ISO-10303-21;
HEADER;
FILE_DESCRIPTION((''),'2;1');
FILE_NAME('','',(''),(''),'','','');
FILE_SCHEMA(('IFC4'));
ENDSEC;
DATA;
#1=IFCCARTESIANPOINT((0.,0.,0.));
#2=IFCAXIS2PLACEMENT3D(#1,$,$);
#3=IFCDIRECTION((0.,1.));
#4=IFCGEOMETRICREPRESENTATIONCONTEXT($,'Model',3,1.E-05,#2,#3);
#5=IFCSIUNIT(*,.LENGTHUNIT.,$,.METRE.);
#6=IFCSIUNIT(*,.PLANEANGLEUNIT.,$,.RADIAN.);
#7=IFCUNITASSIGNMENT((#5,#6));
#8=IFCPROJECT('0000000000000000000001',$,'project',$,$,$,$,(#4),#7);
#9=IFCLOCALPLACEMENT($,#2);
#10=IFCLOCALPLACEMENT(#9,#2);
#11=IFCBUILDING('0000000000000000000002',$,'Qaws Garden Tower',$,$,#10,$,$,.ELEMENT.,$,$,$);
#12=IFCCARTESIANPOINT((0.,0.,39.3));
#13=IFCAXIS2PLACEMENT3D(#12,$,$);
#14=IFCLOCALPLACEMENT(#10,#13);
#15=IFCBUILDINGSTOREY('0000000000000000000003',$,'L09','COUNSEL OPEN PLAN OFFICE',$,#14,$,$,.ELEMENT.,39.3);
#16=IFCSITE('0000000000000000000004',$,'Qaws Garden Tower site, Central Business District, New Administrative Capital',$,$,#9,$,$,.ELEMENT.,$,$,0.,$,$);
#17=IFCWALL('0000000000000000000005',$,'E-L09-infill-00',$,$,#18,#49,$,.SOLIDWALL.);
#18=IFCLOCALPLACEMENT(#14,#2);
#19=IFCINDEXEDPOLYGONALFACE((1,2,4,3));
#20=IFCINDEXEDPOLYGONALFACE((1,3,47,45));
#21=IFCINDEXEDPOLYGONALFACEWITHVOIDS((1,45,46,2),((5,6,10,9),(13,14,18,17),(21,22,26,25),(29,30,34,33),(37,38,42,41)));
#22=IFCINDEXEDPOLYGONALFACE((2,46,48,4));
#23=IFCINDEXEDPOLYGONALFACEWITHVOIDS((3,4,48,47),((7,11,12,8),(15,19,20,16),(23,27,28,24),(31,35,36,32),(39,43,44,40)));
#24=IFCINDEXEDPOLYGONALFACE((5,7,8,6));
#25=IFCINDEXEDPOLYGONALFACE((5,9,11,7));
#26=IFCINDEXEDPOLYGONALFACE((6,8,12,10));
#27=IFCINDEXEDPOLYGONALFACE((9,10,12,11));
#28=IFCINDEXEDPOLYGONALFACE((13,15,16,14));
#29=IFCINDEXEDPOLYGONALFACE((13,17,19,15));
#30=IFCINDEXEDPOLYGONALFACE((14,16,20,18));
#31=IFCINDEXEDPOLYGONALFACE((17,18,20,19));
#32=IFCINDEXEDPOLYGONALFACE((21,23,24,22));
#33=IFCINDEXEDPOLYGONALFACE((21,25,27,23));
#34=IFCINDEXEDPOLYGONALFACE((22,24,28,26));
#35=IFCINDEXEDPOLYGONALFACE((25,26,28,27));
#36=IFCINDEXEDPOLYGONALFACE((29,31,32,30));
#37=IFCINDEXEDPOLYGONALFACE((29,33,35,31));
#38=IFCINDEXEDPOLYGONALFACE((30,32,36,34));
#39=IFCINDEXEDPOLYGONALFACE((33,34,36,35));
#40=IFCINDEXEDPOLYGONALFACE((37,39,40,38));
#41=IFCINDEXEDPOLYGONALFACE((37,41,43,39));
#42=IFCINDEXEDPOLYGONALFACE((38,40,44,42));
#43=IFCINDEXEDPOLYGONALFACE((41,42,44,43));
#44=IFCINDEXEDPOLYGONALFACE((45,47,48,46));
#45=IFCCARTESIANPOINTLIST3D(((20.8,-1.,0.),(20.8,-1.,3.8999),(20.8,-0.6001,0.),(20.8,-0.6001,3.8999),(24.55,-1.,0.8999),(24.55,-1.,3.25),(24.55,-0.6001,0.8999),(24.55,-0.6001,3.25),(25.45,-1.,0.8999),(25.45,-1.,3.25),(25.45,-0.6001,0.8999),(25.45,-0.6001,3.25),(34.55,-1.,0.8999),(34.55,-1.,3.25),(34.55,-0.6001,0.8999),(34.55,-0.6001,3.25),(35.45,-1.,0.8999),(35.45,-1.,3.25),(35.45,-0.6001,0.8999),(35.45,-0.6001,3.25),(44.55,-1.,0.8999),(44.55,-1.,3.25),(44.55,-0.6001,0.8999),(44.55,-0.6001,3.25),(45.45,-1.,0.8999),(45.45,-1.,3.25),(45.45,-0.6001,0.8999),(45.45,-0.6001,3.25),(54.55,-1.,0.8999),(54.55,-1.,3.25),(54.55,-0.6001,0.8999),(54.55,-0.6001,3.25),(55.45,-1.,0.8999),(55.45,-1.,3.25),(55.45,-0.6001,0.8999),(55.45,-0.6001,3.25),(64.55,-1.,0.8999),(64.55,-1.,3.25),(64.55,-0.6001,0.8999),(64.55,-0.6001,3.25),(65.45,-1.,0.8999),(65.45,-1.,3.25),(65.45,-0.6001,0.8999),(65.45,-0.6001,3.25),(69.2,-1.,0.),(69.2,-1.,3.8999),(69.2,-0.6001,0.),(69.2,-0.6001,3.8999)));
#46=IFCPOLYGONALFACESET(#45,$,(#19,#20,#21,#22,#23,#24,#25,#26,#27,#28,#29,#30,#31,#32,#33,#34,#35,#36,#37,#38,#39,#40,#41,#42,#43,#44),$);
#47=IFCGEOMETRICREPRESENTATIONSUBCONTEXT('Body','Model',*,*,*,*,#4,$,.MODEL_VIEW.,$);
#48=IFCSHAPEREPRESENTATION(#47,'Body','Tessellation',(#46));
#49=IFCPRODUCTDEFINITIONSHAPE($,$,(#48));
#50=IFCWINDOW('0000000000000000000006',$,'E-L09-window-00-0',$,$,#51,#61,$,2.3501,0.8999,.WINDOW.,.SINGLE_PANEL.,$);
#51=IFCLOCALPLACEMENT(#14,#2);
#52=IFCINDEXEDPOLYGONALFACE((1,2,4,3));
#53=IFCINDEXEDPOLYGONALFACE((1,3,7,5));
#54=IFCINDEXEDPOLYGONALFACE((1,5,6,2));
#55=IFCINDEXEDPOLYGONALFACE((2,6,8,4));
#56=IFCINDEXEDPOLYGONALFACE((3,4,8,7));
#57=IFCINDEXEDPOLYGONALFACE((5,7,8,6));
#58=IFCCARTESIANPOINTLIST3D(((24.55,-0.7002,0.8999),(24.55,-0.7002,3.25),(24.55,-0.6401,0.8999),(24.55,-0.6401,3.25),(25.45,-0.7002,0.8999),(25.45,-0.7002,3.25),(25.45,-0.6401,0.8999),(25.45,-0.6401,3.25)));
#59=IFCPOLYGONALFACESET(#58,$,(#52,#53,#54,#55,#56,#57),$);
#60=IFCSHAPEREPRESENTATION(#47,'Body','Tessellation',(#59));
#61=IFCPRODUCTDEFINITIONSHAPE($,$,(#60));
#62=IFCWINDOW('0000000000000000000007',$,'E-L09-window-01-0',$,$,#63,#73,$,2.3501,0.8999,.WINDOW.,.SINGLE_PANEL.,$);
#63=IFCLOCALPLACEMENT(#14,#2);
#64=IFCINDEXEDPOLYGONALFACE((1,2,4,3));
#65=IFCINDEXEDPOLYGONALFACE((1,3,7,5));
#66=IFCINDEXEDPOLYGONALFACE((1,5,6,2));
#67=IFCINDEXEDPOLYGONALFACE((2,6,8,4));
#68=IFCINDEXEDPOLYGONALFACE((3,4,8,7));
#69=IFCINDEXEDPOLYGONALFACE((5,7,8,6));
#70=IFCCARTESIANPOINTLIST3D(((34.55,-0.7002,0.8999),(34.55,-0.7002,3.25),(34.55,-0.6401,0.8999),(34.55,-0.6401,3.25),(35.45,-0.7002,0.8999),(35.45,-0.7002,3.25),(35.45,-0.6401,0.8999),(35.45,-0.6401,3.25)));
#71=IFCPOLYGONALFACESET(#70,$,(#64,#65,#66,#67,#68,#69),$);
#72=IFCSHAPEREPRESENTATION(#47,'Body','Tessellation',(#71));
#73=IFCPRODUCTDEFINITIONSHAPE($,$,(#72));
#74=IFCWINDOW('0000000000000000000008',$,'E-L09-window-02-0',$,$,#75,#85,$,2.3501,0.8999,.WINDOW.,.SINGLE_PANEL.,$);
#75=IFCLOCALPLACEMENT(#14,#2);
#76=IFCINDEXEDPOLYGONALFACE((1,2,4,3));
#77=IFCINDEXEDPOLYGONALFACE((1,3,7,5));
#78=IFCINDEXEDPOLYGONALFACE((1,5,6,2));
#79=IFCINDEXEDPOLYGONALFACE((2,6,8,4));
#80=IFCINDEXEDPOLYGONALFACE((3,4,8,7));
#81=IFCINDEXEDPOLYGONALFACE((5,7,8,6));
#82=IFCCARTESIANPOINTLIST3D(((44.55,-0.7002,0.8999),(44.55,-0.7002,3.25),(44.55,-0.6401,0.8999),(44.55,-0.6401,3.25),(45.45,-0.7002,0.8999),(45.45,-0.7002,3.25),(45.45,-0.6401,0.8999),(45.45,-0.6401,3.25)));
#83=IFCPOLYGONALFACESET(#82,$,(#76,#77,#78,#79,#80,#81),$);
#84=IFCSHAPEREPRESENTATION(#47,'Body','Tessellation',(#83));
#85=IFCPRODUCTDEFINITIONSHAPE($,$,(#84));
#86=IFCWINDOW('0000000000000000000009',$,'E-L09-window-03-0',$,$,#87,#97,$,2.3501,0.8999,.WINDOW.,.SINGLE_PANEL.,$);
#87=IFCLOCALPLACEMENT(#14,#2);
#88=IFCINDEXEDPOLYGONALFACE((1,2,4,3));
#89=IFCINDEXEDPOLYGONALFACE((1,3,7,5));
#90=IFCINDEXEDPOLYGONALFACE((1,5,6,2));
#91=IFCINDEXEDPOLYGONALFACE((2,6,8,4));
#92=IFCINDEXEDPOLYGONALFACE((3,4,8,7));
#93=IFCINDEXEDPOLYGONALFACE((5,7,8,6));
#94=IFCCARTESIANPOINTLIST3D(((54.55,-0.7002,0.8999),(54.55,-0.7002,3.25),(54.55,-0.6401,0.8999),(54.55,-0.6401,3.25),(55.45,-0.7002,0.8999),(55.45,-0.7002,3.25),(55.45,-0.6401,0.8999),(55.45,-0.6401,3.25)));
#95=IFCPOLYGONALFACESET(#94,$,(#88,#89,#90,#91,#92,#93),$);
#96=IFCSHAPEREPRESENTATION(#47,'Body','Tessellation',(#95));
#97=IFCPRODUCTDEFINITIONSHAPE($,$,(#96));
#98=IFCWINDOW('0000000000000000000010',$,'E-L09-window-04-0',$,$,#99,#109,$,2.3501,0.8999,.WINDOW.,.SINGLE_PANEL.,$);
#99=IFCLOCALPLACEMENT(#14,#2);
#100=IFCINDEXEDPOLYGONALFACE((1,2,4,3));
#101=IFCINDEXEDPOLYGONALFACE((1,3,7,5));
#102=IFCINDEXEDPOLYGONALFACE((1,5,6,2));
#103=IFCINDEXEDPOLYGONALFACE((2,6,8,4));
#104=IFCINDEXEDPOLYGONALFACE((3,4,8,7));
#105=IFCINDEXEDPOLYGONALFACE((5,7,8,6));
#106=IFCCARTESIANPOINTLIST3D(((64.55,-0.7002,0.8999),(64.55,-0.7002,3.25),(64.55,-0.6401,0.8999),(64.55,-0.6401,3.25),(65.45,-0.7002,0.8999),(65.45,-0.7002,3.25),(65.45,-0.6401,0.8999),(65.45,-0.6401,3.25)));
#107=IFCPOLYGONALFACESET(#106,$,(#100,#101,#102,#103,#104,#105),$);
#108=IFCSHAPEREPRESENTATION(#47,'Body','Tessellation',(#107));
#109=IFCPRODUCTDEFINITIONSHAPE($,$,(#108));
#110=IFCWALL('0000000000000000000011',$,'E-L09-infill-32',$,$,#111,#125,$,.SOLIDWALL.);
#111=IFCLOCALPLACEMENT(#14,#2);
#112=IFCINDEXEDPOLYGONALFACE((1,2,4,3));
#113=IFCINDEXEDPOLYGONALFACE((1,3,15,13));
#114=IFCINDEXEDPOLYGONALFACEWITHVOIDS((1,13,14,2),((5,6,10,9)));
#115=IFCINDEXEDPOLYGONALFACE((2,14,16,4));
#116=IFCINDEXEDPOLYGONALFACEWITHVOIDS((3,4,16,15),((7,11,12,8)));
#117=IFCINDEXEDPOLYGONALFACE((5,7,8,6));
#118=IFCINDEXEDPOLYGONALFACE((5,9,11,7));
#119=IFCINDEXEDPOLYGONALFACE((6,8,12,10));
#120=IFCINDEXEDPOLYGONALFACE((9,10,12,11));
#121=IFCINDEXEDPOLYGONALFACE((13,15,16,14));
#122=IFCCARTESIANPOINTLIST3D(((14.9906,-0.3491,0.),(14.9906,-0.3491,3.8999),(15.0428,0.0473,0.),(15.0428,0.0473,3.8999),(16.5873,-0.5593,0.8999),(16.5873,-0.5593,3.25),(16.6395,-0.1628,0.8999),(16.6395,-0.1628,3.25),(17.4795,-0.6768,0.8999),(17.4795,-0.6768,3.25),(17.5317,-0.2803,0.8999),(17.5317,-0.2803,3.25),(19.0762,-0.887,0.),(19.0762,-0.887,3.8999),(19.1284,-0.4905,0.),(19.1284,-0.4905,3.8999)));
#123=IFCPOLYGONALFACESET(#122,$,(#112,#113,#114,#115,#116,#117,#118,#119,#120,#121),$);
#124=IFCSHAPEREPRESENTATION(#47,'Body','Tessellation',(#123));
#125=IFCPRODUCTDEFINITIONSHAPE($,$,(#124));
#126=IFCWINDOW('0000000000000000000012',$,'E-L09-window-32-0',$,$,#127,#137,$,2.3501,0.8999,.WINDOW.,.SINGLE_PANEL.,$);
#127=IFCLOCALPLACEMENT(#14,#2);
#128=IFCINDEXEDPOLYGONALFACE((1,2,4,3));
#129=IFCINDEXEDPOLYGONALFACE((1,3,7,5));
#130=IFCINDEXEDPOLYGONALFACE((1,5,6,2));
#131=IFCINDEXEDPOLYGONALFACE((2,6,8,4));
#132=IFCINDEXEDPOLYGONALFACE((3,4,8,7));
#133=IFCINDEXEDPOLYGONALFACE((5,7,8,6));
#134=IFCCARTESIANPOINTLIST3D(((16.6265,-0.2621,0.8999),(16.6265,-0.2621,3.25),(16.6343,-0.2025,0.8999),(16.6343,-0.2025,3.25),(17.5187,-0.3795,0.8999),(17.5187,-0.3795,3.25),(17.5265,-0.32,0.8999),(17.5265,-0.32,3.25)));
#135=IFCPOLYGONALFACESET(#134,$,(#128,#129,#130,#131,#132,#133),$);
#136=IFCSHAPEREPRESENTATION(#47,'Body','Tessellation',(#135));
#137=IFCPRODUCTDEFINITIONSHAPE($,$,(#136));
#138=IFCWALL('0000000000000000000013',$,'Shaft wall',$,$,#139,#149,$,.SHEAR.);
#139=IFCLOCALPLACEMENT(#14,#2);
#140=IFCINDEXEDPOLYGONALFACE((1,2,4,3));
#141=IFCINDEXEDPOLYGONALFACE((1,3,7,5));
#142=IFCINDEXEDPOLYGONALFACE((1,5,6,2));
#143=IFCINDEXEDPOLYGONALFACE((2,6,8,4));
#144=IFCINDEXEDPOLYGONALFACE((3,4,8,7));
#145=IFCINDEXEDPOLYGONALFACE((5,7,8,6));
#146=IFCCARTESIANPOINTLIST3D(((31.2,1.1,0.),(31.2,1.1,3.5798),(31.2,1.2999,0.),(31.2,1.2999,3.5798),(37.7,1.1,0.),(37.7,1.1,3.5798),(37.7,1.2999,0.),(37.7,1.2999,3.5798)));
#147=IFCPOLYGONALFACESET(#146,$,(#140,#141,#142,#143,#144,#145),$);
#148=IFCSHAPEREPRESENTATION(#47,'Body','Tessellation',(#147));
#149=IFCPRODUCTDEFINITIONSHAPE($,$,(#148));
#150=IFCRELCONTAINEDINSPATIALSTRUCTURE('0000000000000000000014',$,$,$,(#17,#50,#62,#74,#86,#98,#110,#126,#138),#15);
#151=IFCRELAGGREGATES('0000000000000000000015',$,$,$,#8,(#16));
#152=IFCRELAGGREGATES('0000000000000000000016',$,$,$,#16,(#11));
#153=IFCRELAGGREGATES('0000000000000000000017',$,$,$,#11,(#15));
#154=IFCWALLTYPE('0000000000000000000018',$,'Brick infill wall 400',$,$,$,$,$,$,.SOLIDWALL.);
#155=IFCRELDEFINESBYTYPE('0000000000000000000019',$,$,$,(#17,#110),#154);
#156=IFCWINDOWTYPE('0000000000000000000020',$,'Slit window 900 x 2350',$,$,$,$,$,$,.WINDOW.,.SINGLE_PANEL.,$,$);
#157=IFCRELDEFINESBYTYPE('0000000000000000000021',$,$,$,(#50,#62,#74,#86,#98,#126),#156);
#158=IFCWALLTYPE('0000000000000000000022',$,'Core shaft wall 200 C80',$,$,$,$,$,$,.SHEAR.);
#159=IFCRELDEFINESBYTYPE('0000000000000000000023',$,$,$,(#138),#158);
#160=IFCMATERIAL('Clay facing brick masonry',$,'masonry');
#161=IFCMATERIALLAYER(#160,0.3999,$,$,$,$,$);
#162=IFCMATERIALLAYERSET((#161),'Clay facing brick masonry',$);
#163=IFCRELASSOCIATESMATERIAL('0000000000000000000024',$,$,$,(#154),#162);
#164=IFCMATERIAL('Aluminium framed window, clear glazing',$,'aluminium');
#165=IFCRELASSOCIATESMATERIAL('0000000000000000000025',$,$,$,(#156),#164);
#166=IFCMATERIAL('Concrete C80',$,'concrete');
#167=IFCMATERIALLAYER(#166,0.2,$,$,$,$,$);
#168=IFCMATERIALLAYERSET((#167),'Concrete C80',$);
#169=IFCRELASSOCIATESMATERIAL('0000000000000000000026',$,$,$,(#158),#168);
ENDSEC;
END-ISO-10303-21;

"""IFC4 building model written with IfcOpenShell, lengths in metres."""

from ifc_helpers import new_model, si_unit, direction, frame, frame_2d, origin, place, context, subcontext, project, spatial, rectangle, extrude, material, layer, layer_set, type_object, element, fill, save


model = new_model("IFC4")

# Units and contexts
model_context = context("Model", 3, precision=1e-05, world=origin(), true_north=direction((0.0, 1.0)))
body_context = subcontext(model_context, "Body", "Model", "MODEL_VIEW")
ifc_project = project(units=[si_unit("LENGTHUNIT", "METRE"), si_unit("PLANEANGLEUNIT", "RADIAN")], contexts=[model_context])

# Site, building, storey
site_placement = place(None, origin())
site = spatial("IfcSite", under=ifc_project, at=site_placement, Name="Qaws Garden Tower site, Central Business District, New Administrative Capital", CompositionType="ELEMENT", RefElevation=0.0)
building_placement = place(site_placement, origin())
building = spatial("IfcBuilding", under=site, at=building_placement, Name="Qaws Garden Tower", CompositionType="ELEMENT")
storey_placement = place(building_placement, frame((0.0, 0.0, 39.3)))
storey = spatial("IfcBuildingStorey", under=building, at=storey_placement, Name="L09", Description="COUNSEL OPEN PLAN OFFICE", CompositionType="ELEMENT", Elevation=39.3)

# Wall, openings, windows
ifc_material_1 = material(Name="Clay facing brick masonry", Category="masonry")
ifc_layer_1 = layer(ifc_material_1, 0.3999)
ifc_layer_set_1 = layer_set([ifc_layer_1], Name="Clay facing brick masonry")
wall_type_1 = type_object("IfcWallType", Name="Brick infill wall 400", PredefinedType="SOLIDWALL", material=ifc_layer_set_1)
wall_1_placement = place(storey_placement, frame((20.8, -0.8, 0.0), z_axis=(0.0, 0.0, 1.0), x_axis=(1.0, 0.0, 0.0)))
wall_1 = element("IfcWall", 1, at=wall_1_placement, inside=storey, type_object=wall_type_1, Name="E-L09-infill-00", PredefinedType="SOLIDWALL", context=body_context, shape_type="SweptSolid", body=[
    extrude(rectangle(XDim=48.3999, YDim=0.3999, at=frame_2d((24.2, 0.0))), origin(), (0.0, 0.0, 1.0), 3.8999),
])
opening_1_placement = place(wall_1_placement, frame((3.75, 0.0, 0.8999)))
opening_1 = element("IfcOpeningElement", 2, at=opening_1_placement, cuts=wall_1, PredefinedType="OPENING", context=body_context, shape_type="SweptSolid", body=[
    extrude(rectangle(XDim=0.8999, YDim=2.3501, at=frame_2d((0.45, 1.175))), frame((0.0, 0.21, 0.0), z_axis=(0.0, -1.0, 0.0), x_axis=(1.0, 0.0, 0.0)), (0.0, 0.0, 1.0), 0.4199),
])
opening_2_placement = place(wall_1_placement, frame((13.75, 0.0, 0.8999)))
opening_2 = element("IfcOpeningElement", 3, at=opening_2_placement, cuts=wall_1, PredefinedType="OPENING", context=body_context, shape_type="SweptSolid", body=[
    extrude(rectangle(XDim=0.8999, YDim=2.3501, at=frame_2d((0.45, 1.175))), frame((0.0, 0.21, 0.0), z_axis=(0.0, -1.0, 0.0), x_axis=(1.0, 0.0, 0.0)), (0.0, 0.0, 1.0), 0.4199),
])
opening_3_placement = place(wall_1_placement, frame((23.75, 0.0, 0.8999)))
opening_3 = element("IfcOpeningElement", 4, at=opening_3_placement, cuts=wall_1, PredefinedType="OPENING", context=body_context, shape_type="SweptSolid", body=[
    extrude(rectangle(XDim=0.8999, YDim=2.3501, at=frame_2d((0.45, 1.175))), frame((0.0, 0.21, 0.0), z_axis=(0.0, -1.0, 0.0), x_axis=(1.0, 0.0, 0.0)), (0.0, 0.0, 1.0), 0.4199),
])
opening_4_placement = place(wall_1_placement, frame((33.75, 0.0, 0.8999)))
opening_4 = element("IfcOpeningElement", 5, at=opening_4_placement, cuts=wall_1, PredefinedType="OPENING", context=body_context, shape_type="SweptSolid", body=[
    extrude(rectangle(XDim=0.8999, YDim=2.3501, at=frame_2d((0.45, 1.175))), frame((0.0, 0.21, 0.0), z_axis=(0.0, -1.0, 0.0), x_axis=(1.0, 0.0, 0.0)), (0.0, 0.0, 1.0), 0.4199),
])
opening_5_placement = place(wall_1_placement, frame((43.75, 0.0, 0.8999)))
opening_5 = element("IfcOpeningElement", 6, at=opening_5_placement, cuts=wall_1, PredefinedType="OPENING", context=body_context, shape_type="SweptSolid", body=[
    extrude(rectangle(XDim=0.8999, YDim=2.3501, at=frame_2d((0.45, 1.175))), frame((0.0, 0.21, 0.0), z_axis=(0.0, -1.0, 0.0), x_axis=(1.0, 0.0, 0.0)), (0.0, 0.0, 1.0), 0.4199),
])
ifc_material_2 = material(Name="Aluminium framed window, clear glazing", Category="aluminium")
window_type = type_object("IfcWindowType", Name="Slit window 900 x 2350", PartitioningType="SINGLE_PANEL", PredefinedType="WINDOW", material=ifc_material_2)
window_1_placement = place(opening_1_placement, origin())
window_1 = element("IfcWindow", 7, at=window_1_placement, inside=storey, type_object=window_type, Name="E-L09-window-00-0", OverallHeight=2.3501, OverallWidth=0.8999, PartitioningType="SINGLE_PANEL", PredefinedType="WINDOW", context=body_context, shape_type="SweptSolid", body=[
    extrude(rectangle(XDim=0.8999, YDim=2.3501, at=frame_2d((0.45, 1.175))), frame((0.0, 0.1599, 0.0), z_axis=(0.0, -1.0, 0.0), x_axis=(1.0, 0.0, 0.0)), (0.0, 0.0, 1.0), 0.0601),
])
fill(opening_1, window_1)
window_2_placement = place(opening_2_placement, origin())
window_2 = element("IfcWindow", 8, at=window_2_placement, inside=storey, type_object=window_type, Name="E-L09-window-01-0", OverallHeight=2.3501, OverallWidth=0.8999, PartitioningType="SINGLE_PANEL", PredefinedType="WINDOW", context=body_context, shape_type="SweptSolid", body=[
    extrude(rectangle(XDim=0.8999, YDim=2.3501, at=frame_2d((0.45, 1.175))), frame((0.0, 0.1599, 0.0), z_axis=(0.0, -1.0, 0.0), x_axis=(1.0, 0.0, 0.0)), (0.0, 0.0, 1.0), 0.0601),
])
fill(opening_2, window_2)
window_3_placement = place(opening_3_placement, origin())
window_3 = element("IfcWindow", 9, at=window_3_placement, inside=storey, type_object=window_type, Name="E-L09-window-02-0", OverallHeight=2.3501, OverallWidth=0.8999, PartitioningType="SINGLE_PANEL", PredefinedType="WINDOW", context=body_context, shape_type="SweptSolid", body=[
    extrude(rectangle(XDim=0.8999, YDim=2.3501, at=frame_2d((0.45, 1.175))), frame((0.0, 0.1599, 0.0), z_axis=(0.0, -1.0, 0.0), x_axis=(1.0, 0.0, 0.0)), (0.0, 0.0, 1.0), 0.0601),
])
fill(opening_3, window_3)
window_4_placement = place(opening_4_placement, origin())
window_4 = element("IfcWindow", 10, at=window_4_placement, inside=storey, type_object=window_type, Name="E-L09-window-03-0", OverallHeight=2.3501, OverallWidth=0.8999, PartitioningType="SINGLE_PANEL", PredefinedType="WINDOW", context=body_context, shape_type="SweptSolid", body=[
    extrude(rectangle(XDim=0.8999, YDim=2.3501, at=frame_2d((0.45, 1.175))), frame((0.0, 0.1599, 0.0), z_axis=(0.0, -1.0, 0.0), x_axis=(1.0, 0.0, 0.0)), (0.0, 0.0, 1.0), 0.0601),
])
fill(opening_4, window_4)
window_5_placement = place(opening_5_placement, origin())
window_5 = element("IfcWindow", 11, at=window_5_placement, inside=storey, type_object=window_type, Name="E-L09-window-04-0", OverallHeight=2.3501, OverallWidth=0.8999, PartitioningType="SINGLE_PANEL", PredefinedType="WINDOW", context=body_context, shape_type="SweptSolid", body=[
    extrude(rectangle(XDim=0.8999, YDim=2.3501, at=frame_2d((0.45, 1.175))), frame((0.0, 0.1599, 0.0), z_axis=(0.0, -1.0, 0.0), x_axis=(1.0, 0.0, 0.0)), (0.0, 0.0, 1.0), 0.0601),
])
fill(opening_5, window_5)

# Wall, opening, window
wall_2_placement = place(storey_placement, frame((15.0166, -0.1509, 0.0), z_axis=(0.0, 0.0, 1.0), x_axis=(0.991446, -0.130514, 0.0)))
wall_2 = element("IfcWall", 12, at=wall_2_placement, inside=storey, type_object=wall_type_1, Name="E-L09-infill-32", PredefinedType="SOLIDWALL", context=body_context, shape_type="SweptSolid", body=[
    extrude(rectangle(XDim=4.1208, YDim=0.3999, at=frame_2d((2.0605, 0.0))), origin(), (0.0, 0.0, 1.0), 3.8999),
])
opening_6_placement = place(wall_2_placement, frame((1.6106, 0.0, 0.8999)))
opening_6 = element("IfcOpeningElement", 13, at=opening_6_placement, cuts=wall_2, PredefinedType="OPENING", context=body_context, shape_type="SweptSolid", body=[
    extrude(rectangle(XDim=0.8999, YDim=2.3501, at=frame_2d((0.45, 1.175))), frame((0.0, 0.21, 0.0), z_axis=(0.0, -1.0, 0.0), x_axis=(1.0, 0.0, 0.0)), (0.0, 0.0, 1.0), 0.4199),
])
window_6_placement = place(opening_6_placement, origin())
window_6 = element("IfcWindow", 14, at=window_6_placement, inside=storey, type_object=window_type, Name="E-L09-window-32-0", OverallHeight=2.3501, OverallWidth=0.8999, PartitioningType="SINGLE_PANEL", PredefinedType="WINDOW", context=body_context, shape_type="SweptSolid", body=[
    extrude(rectangle(XDim=0.8999, YDim=2.3501, at=frame_2d((0.45, 1.175))), frame((0.0, 0.1599, 0.0), z_axis=(0.0, -1.0, 0.0), x_axis=(1.0, 0.0, 0.0)), (0.0, 0.0, 1.0), 0.0601),
])
fill(opening_6, window_6)

# Wall
ifc_material_3 = material(Name="Concrete C80", Category="concrete")
ifc_layer_2 = layer(ifc_material_3, 0.2)
ifc_layer_set_2 = layer_set([ifc_layer_2], Name="Concrete C80")
wall_type_2 = type_object("IfcWallType", Name="Core shaft wall 200 C80", PredefinedType="SHEAR", material=ifc_layer_set_2)
wall_3_placement = place(storey_placement, frame((31.2, 1.2, 0.0), z_axis=(0.0, 0.0, 1.0), x_axis=(1.0, 0.0, 0.0)))
element("IfcWall", 15, at=wall_3_placement, inside=storey, type_object=wall_type_2, Name="Shaft wall", PredefinedType="SHEAR", context=body_context, shape_type="SweptSolid", body=[
    extrude(rectangle(XDim=6.5, YDim=0.2, at=frame_2d((3.25, 0.0))), origin(), (0.0, 0.0, 1.0), 3.5798),
])

save(model, "model.ifc")
